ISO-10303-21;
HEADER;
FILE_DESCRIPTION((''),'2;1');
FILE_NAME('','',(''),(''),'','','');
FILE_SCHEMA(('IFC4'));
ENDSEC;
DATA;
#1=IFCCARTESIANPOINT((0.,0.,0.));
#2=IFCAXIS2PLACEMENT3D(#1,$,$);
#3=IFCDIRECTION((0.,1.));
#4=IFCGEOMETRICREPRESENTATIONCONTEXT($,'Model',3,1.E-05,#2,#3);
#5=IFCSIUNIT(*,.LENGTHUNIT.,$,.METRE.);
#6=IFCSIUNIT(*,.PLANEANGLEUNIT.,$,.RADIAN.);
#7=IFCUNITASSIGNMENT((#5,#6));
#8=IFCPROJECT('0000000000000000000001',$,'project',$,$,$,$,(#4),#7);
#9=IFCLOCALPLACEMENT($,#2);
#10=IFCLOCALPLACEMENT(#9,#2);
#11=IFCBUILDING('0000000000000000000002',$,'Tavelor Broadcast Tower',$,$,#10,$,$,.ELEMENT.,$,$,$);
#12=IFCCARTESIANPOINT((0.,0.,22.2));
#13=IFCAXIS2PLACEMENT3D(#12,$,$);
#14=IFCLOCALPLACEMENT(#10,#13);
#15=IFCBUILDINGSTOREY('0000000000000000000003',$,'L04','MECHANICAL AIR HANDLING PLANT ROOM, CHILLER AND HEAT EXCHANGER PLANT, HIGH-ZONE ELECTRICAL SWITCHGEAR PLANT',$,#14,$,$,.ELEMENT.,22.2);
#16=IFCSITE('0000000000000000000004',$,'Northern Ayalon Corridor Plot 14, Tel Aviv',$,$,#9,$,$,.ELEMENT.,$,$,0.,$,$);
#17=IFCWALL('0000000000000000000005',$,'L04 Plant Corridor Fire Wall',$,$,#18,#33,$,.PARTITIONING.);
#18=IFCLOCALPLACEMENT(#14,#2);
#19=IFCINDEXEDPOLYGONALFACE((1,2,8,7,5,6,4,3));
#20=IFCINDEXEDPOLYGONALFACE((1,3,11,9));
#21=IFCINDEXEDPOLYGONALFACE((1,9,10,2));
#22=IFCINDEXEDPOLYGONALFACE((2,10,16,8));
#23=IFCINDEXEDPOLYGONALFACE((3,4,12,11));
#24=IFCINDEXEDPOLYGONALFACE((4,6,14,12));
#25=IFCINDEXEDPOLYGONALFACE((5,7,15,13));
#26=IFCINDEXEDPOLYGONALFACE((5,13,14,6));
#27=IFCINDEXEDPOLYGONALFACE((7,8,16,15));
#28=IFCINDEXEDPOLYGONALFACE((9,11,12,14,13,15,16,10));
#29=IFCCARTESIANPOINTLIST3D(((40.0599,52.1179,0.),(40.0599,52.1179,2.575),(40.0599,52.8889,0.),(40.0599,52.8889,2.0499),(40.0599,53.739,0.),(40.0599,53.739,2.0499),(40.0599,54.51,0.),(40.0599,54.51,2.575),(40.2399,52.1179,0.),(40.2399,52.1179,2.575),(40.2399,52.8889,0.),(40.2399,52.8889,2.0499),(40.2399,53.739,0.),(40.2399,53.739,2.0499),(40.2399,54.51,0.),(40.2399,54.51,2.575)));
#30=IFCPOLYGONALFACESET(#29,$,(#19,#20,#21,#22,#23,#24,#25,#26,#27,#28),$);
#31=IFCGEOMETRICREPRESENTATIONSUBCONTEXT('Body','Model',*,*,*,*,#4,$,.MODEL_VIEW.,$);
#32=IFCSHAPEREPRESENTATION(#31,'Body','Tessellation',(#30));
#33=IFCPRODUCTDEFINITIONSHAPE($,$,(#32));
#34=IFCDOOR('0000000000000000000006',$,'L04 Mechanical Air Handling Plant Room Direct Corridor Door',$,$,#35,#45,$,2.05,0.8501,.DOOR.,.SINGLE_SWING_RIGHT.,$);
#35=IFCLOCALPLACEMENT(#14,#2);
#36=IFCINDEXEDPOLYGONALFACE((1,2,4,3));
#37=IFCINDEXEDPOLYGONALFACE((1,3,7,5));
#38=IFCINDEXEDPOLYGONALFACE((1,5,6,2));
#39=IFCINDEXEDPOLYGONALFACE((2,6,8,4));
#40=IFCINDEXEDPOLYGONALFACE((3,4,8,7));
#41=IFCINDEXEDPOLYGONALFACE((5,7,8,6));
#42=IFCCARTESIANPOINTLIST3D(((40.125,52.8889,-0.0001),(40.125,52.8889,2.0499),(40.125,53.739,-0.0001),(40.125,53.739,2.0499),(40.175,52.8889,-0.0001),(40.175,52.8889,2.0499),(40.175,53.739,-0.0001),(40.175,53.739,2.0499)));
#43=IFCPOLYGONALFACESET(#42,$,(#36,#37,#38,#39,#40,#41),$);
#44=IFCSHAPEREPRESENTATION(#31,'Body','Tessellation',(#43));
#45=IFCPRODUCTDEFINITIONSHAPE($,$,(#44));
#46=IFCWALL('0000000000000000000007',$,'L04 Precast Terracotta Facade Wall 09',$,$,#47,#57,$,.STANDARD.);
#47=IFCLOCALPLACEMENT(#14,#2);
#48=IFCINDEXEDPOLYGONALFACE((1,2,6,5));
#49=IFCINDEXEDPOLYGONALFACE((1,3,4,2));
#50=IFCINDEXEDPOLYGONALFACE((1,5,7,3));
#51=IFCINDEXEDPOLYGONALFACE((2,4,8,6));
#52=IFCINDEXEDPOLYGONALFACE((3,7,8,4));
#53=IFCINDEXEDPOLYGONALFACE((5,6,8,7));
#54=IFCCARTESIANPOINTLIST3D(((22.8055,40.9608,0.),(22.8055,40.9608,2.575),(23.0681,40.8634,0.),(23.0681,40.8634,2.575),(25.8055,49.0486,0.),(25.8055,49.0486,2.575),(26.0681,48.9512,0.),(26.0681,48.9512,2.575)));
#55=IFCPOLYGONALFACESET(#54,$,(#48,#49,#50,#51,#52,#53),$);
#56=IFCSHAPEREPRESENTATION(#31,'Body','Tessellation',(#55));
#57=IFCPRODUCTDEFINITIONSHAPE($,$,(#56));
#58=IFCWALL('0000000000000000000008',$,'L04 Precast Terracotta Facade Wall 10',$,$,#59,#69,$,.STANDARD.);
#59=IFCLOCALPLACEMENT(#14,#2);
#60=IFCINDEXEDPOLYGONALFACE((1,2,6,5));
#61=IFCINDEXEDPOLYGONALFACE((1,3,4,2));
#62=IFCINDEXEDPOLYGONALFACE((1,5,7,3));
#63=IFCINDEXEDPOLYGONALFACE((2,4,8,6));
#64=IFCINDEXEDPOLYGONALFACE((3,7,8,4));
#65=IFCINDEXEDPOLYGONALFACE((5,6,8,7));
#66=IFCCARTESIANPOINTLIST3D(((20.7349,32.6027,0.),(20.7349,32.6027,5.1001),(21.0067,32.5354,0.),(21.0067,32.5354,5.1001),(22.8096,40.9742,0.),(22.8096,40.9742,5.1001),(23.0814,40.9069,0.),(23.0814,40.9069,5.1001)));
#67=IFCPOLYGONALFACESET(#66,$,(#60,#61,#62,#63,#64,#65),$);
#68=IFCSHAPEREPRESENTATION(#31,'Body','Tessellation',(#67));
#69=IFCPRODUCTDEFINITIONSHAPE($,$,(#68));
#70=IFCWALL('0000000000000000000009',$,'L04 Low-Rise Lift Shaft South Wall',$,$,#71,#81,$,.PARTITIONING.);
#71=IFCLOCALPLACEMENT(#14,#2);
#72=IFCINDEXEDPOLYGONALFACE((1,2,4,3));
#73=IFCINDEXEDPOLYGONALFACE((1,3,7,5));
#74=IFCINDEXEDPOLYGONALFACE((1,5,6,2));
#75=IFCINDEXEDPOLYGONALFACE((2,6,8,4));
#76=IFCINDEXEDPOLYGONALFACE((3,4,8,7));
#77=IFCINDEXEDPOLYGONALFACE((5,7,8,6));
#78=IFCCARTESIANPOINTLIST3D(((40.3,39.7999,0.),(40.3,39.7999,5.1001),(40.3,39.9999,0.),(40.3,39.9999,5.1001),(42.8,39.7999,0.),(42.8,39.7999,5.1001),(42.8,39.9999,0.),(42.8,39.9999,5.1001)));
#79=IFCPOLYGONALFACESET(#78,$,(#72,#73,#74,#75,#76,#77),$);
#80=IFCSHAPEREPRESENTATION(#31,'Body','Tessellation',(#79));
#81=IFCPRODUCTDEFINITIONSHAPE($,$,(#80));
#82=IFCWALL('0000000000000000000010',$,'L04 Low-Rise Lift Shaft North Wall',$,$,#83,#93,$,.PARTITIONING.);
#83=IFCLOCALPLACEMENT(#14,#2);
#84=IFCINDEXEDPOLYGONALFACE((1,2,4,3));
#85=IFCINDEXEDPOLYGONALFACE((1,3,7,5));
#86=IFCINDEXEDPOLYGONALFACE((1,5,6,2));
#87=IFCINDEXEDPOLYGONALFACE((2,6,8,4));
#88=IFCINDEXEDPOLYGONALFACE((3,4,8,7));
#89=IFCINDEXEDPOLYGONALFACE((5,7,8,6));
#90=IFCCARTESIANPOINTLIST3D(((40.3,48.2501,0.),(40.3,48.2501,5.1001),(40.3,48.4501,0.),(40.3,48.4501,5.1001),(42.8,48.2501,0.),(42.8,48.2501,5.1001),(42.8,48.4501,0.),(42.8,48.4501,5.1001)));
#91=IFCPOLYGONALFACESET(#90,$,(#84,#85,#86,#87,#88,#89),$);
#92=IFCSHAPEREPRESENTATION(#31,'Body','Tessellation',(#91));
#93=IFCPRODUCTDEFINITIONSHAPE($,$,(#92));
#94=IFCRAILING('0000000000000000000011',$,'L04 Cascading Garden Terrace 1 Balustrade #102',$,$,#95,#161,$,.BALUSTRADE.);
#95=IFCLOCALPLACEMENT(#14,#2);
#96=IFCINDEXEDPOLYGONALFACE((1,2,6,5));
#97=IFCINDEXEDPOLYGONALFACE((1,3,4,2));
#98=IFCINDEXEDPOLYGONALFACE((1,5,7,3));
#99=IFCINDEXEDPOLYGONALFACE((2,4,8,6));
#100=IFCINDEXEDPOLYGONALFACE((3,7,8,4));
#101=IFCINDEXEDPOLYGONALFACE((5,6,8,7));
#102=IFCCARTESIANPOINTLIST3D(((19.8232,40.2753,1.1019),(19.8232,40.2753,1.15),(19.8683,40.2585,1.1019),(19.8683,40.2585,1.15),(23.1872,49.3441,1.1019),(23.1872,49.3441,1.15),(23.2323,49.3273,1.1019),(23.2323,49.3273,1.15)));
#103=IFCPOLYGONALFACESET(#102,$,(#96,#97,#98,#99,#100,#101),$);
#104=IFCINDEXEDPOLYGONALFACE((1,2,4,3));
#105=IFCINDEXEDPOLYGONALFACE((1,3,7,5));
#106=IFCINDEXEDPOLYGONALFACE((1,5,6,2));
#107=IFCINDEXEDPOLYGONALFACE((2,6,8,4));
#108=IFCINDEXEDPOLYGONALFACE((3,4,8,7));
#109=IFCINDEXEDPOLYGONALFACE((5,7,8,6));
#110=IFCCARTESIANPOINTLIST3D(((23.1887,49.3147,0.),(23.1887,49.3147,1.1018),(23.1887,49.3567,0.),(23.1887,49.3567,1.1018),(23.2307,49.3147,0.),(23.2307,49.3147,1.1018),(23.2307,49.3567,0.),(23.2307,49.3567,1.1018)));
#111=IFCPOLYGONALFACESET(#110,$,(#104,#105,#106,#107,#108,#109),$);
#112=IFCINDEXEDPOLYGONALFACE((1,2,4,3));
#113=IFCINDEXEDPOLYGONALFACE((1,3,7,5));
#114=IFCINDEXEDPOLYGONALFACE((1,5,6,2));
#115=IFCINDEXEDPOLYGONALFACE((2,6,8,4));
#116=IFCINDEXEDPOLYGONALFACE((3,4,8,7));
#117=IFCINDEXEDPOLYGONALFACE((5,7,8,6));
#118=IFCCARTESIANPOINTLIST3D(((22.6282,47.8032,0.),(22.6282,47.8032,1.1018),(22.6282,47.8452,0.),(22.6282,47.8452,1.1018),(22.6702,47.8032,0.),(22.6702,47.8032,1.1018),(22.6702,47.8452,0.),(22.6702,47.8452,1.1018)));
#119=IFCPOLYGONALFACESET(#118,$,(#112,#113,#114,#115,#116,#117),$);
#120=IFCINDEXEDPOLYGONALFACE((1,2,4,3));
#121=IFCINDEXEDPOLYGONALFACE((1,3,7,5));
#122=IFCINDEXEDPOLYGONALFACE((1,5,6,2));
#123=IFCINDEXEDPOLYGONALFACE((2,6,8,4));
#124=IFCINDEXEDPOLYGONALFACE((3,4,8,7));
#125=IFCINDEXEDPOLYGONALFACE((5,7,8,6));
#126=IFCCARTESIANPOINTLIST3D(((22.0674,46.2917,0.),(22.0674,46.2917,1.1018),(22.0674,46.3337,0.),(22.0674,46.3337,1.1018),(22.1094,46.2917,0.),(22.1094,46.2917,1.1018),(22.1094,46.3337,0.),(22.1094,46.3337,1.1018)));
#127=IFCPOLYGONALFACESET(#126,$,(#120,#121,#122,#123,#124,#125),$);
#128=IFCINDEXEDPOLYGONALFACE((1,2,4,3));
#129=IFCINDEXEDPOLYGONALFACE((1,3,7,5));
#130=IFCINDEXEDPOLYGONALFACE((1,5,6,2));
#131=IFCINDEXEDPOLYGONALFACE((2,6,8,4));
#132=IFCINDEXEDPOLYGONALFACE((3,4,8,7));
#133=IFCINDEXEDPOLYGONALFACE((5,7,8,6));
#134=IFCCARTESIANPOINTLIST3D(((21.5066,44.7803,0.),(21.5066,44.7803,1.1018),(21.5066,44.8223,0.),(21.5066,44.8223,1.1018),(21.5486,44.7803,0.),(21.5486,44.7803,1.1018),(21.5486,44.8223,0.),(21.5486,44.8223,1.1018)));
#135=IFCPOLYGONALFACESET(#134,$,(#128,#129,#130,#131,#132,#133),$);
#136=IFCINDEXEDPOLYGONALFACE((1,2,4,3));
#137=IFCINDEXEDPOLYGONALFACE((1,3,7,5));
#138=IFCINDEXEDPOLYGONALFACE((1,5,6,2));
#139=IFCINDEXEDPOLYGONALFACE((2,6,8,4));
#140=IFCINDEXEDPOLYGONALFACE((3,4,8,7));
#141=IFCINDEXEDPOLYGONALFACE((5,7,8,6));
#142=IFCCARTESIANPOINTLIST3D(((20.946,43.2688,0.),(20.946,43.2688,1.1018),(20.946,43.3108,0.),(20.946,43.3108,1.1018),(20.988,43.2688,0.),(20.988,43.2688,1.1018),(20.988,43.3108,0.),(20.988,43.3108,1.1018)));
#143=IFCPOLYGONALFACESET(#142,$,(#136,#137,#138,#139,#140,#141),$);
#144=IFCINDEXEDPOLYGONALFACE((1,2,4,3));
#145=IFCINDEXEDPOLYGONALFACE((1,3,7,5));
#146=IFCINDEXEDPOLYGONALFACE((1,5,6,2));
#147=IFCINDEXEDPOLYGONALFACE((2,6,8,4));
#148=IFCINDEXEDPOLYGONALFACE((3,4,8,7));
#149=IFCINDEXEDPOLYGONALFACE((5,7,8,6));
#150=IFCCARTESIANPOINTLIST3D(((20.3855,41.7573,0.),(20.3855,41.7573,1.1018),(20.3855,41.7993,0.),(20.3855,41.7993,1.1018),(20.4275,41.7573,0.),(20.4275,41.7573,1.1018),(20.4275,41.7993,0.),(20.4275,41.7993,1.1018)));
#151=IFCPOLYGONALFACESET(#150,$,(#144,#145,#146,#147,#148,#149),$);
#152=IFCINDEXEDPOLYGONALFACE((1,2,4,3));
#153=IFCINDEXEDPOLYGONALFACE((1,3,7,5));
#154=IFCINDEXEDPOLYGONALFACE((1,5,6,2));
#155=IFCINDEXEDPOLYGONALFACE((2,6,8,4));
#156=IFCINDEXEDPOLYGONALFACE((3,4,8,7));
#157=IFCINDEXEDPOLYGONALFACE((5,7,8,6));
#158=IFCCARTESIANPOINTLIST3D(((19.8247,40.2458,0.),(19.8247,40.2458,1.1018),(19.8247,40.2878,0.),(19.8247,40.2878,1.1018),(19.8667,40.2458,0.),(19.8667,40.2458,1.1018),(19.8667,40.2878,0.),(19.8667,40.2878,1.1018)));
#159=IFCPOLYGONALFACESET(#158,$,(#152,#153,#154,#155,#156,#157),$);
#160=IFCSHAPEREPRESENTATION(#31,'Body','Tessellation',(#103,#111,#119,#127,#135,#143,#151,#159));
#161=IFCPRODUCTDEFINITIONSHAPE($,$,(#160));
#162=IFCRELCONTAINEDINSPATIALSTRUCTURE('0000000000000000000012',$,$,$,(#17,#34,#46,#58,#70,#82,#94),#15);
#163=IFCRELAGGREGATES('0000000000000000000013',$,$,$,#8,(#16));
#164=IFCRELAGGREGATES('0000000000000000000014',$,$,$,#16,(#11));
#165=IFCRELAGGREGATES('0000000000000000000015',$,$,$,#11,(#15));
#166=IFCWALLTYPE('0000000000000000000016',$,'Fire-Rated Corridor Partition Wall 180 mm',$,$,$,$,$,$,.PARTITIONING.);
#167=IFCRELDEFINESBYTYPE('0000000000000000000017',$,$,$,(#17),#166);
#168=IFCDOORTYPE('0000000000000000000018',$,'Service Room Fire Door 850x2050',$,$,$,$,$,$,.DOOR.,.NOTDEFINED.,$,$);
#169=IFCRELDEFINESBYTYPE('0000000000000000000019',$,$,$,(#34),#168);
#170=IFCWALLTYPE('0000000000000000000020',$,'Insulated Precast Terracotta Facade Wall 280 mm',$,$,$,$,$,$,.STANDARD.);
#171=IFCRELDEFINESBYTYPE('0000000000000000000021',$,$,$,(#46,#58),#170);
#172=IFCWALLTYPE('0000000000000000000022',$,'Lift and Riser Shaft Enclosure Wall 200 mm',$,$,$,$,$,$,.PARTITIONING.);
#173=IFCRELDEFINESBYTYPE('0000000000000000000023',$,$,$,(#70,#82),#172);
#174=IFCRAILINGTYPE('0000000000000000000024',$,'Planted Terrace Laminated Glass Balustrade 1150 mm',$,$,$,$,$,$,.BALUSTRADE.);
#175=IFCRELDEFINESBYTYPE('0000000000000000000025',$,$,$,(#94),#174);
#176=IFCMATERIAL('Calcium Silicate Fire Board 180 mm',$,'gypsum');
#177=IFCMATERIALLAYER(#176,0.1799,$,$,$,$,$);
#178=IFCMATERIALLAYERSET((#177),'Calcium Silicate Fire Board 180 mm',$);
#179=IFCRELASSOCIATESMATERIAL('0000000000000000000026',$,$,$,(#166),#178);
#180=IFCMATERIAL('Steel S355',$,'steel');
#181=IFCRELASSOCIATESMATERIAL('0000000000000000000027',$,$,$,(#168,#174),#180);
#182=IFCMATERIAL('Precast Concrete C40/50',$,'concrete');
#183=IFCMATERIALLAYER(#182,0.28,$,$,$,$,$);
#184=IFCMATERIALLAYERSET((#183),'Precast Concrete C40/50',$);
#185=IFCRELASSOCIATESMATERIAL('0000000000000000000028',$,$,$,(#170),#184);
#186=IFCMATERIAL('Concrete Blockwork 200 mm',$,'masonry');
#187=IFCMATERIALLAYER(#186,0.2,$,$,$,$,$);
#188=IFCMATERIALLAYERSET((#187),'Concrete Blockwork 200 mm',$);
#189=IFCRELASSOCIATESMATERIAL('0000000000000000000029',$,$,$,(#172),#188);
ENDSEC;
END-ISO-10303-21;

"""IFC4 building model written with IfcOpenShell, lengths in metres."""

from ifc_helpers import new_model, si_unit, direction, frame, frame_2d, origin, origin_2d, place, context, subcontext, project, spatial, rectangle, extrude, material, layer, layer_set, type_object, element, fill, save


model = new_model("IFC4")

# Units and contexts
model_context = context("Model", 3, precision=1e-05, world=origin(), true_north=direction((0.0, 1.0)))
body_context = subcontext(model_context, "Body", "Model", "MODEL_VIEW")
ifc_project = project(units=[si_unit("LENGTHUNIT", "METRE"), si_unit("PLANEANGLEUNIT", "RADIAN")], contexts=[model_context])

# Site, building, storey
site_placement = place(None, origin())
site = spatial("IfcSite", under=ifc_project, at=site_placement, Name="Northern Ayalon Corridor Plot 14, Tel Aviv", CompositionType="ELEMENT", RefElevation=0.0)
building_placement = place(site_placement, origin())
building = spatial("IfcBuilding", under=site, at=building_placement, Name="Tavelor Broadcast Tower", CompositionType="ELEMENT")
storey_placement = place(building_placement, frame((0.0, 0.0, 22.2)))
storey = spatial("IfcBuildingStorey", under=building, at=storey_placement, Name="L04", Description="MECHANICAL AIR HANDLING PLANT ROOM, CHILLER AND HEAT EXCHANGER PLANT, HIGH-ZONE ELECTRICAL SWITCHGEAR PLANT", CompositionType="ELEMENT", Elevation=22.2)

# Shared definitions
ifc_material_1 = material(Name="Steel S355", Category="steel")

# Shared definitions
ifc_material_2 = material(Name="Calcium Silicate Fire Board 180 mm", Category="gypsum")
ifc_layer_1 = layer(ifc_material_2, 0.1799)
ifc_layer_set_1 = layer_set([ifc_layer_1], Name="Calcium Silicate Fire Board 180 mm")
wall_type_1 = type_object("IfcWallType", Name="Fire-Rated Corridor Partition Wall 180 mm", PredefinedType="PARTITIONING", material=ifc_layer_set_1)

# Wall, opening, door
wall_1_placement = place(storey_placement, frame((40.1499, 52.1179, 0.0), z_axis=(0.0, 0.0, 1.0), x_axis=(0.0, 1.0, 0.0)))
wall_1 = element("IfcWall", 1, at=wall_1_placement, inside=storey, type_object=wall_type_1, Name="L04 Plant Corridor Fire Wall", PredefinedType="PARTITIONING", context=body_context, shape_type="SweptSolid", body=[
    extrude(rectangle(XDim=2.3921, YDim=0.1799, at=frame_2d((1.196, 0.0))), origin(), (0.0, 0.0, 1.0), 2.575),
])
opening_1_placement = place(wall_1_placement, frame((0.771, 0.0, 0.0)))
opening_1 = element("IfcOpeningElement", 2, at=opening_1_placement, cuts=wall_1, PredefinedType="OPENING", context=body_context, shape_type="SweptSolid", body=[
    extrude(rectangle(XDim=0.8501, YDim=2.05, at=frame_2d((0.425, 1.0249))), frame((0.0, 0.1001, 0.0), z_axis=(0.0, -1.0, 0.0), x_axis=(1.0, 0.0, 0.0)), (0.0, 0.0, 1.0), 0.2),
])
door_type_1 = type_object("IfcDoorType", Name="Service Room Fire Door 850x2050", OperationType="NOTDEFINED", PredefinedType="DOOR", material=ifc_material_1)
door_1_placement = place(opening_1_placement, origin())
door_1 = element("IfcDoor", 3, at=door_1_placement, inside=storey, type_object=door_type_1, Name="L04 Mechanical Air Handling Plant Room Direct Corridor Door", OperationType="SINGLE_SWING_RIGHT", OverallHeight=2.05, OverallWidth=0.8501, PredefinedType="DOOR", context=body_context, shape_type="SweptSolid", body=[
    extrude(rectangle(XDim=0.8501, YDim=2.05, at=frame_2d((0.425, 1.0249))), frame((0.0, 0.0249, 0.0), z_axis=(0.0, -1.0, 0.0), x_axis=(1.0, 0.0, 0.0)), (0.0, 0.0, 1.0), 0.05),
])
fill(opening_1, door_1)

# Walls
ifc_material_3 = material(Name="Precast Concrete C40/50", Category="concrete")
ifc_layer_2 = layer(ifc_material_3, 0.28)
ifc_layer_set_2 = layer_set([ifc_layer_2], Name="Precast Concrete C40/50")
wall_type_2 = type_object("IfcWallType", Name="Insulated Precast Terracotta Facade Wall 280 mm", PredefinedType="STANDARD", material=ifc_layer_set_2)
wall_2_placement = place(storey_placement, frame((25.9368, 48.9998, 0.0), z_axis=(0.0, 0.0, 1.0), x_axis=(-0.347781, -0.937576, 0.0)))
element("IfcWall", 4, at=wall_2_placement, inside=storey, type_object=wall_type_2, Name="L04 Precast Terracotta Facade Wall 09", PredefinedType="STANDARD", context=body_context, shape_type="SweptSolid", body=[
    extrude(rectangle(XDim=8.6262, YDim=0.28, at=frame_2d((4.313, 0.0))), origin(), (0.0, 0.0, 1.0), 2.575),
])
wall_3_placement = place(storey_placement, frame((22.9456, 40.9407, 0.0), z_axis=(0.0, 0.0, 1.0), x_axis=(-0.24055, -0.970637, 0.0)))
element("IfcWall", 5, at=wall_3_placement, inside=storey, type_object=wall_type_2, Name="L04 Precast Terracotta Facade Wall 10", PredefinedType="STANDARD", context=body_context, shape_type="SweptSolid", body=[
    extrude(rectangle(XDim=8.6248, YDim=0.28, at=frame_2d((4.3125, 0.0))), origin(), (0.0, 0.0, 1.0), 5.1001),
])

# Shared definitions
ifc_material_4 = material(Name="Concrete Blockwork 200 mm", Category="masonry")

# Walls
ifc_layer_3 = layer(ifc_material_4, 0.2)
ifc_layer_set_3 = layer_set([ifc_layer_3], Name="Concrete Blockwork 200 mm")
wall_type_3 = type_object("IfcWallType", Name="Lift and Riser Shaft Enclosure Wall 200 mm", PredefinedType="PARTITIONING", material=ifc_layer_set_3)
for number, where, z_axis, x_axis, name in (
    (6, (40.3, 39.8999, 0.0), (0.0, 0.0, 1.0), (1.0, 0.0, 0.0), "L04 Low-Rise Lift Shaft South Wall"),
    (7, (40.3, 48.3501, 0.0), (0.0, 0.0, 1.0), (1.0, 0.0, 0.0), "L04 Low-Rise Lift Shaft North Wall"),
):
    element("IfcWall", number, at=place(storey_placement, frame(where, z_axis=z_axis, x_axis=x_axis)), inside=storey, type_object=wall_type_3, Name=name, PredefinedType="PARTITIONING", context=body_context, shape_type="SweptSolid", body=[
        extrude(rectangle(XDim=2.5, YDim=0.2, at=frame_2d((1.25, 0.0))), origin(), (0.0, 0.0, 1.0), 5.1001),
    ])

# Railing
railing_type = type_object("IfcRailingType", Name="Planted Terrace Laminated Glass Balustrade 1150 mm", PredefinedType="BALUSTRADE", material=ifc_material_1)
railing_1_placement = place(storey_placement, frame((23.2097, 49.3357, 0.0)))
element("IfcRailing", 8, at=railing_1_placement, inside=storey, type_object=railing_type, Name="L04 Cascading Garden Terrace 1 Balustrade #102", PredefinedType="BALUSTRADE", context=body_context, shape_type="SweptSolid", body=[
    extrude(rectangle(XDim=0.0481, YDim=0.0481, at=origin_2d()), frame((0.0, 0.0, 1.126), z_axis=(-0.347785, -0.937574, 0.0), x_axis=(0.937574, -0.347785, 0.0)), (0.0, 0.0, 1.0), 9.6726),
    extrude(rectangle(XDim=0.042, YDim=0.042, at=origin_2d()), origin(), (0.0, 0.0, 1.0), 1.1018),
    extrude(rectangle(XDim=0.042, YDim=0.042, at=origin_2d()), frame((-0.5605, -1.5115, 0.0)), (0.0, 0.0, 1.0), 1.1018),
    extrude(rectangle(XDim=0.042, YDim=0.042, at=origin_2d()), frame((-1.1213, -3.0229, 0.0)), (0.0, 0.0, 1.0), 1.1018),
    extrude(rectangle(XDim=0.042, YDim=0.042, at=origin_2d()), frame((-1.6821, -4.5344, 0.0)), (0.0, 0.0, 1.0), 1.1018),
    extrude(rectangle(XDim=0.042, YDim=0.042, at=origin_2d()), frame((-2.2427, -6.0459, 0.0)), (0.0, 0.0, 1.0), 1.1018),
    extrude(rectangle(XDim=0.042, YDim=0.042, at=origin_2d()), frame((-2.8032, -7.5574, 0.0)), (0.0, 0.0, 1.0), 1.1018),
    extrude(rectangle(XDim=0.042, YDim=0.042, at=origin_2d()), frame((-3.364, -9.0688, 0.0)), (0.0, 0.0, 1.0), 1.1018),
])

save(model, "model.ifc")
